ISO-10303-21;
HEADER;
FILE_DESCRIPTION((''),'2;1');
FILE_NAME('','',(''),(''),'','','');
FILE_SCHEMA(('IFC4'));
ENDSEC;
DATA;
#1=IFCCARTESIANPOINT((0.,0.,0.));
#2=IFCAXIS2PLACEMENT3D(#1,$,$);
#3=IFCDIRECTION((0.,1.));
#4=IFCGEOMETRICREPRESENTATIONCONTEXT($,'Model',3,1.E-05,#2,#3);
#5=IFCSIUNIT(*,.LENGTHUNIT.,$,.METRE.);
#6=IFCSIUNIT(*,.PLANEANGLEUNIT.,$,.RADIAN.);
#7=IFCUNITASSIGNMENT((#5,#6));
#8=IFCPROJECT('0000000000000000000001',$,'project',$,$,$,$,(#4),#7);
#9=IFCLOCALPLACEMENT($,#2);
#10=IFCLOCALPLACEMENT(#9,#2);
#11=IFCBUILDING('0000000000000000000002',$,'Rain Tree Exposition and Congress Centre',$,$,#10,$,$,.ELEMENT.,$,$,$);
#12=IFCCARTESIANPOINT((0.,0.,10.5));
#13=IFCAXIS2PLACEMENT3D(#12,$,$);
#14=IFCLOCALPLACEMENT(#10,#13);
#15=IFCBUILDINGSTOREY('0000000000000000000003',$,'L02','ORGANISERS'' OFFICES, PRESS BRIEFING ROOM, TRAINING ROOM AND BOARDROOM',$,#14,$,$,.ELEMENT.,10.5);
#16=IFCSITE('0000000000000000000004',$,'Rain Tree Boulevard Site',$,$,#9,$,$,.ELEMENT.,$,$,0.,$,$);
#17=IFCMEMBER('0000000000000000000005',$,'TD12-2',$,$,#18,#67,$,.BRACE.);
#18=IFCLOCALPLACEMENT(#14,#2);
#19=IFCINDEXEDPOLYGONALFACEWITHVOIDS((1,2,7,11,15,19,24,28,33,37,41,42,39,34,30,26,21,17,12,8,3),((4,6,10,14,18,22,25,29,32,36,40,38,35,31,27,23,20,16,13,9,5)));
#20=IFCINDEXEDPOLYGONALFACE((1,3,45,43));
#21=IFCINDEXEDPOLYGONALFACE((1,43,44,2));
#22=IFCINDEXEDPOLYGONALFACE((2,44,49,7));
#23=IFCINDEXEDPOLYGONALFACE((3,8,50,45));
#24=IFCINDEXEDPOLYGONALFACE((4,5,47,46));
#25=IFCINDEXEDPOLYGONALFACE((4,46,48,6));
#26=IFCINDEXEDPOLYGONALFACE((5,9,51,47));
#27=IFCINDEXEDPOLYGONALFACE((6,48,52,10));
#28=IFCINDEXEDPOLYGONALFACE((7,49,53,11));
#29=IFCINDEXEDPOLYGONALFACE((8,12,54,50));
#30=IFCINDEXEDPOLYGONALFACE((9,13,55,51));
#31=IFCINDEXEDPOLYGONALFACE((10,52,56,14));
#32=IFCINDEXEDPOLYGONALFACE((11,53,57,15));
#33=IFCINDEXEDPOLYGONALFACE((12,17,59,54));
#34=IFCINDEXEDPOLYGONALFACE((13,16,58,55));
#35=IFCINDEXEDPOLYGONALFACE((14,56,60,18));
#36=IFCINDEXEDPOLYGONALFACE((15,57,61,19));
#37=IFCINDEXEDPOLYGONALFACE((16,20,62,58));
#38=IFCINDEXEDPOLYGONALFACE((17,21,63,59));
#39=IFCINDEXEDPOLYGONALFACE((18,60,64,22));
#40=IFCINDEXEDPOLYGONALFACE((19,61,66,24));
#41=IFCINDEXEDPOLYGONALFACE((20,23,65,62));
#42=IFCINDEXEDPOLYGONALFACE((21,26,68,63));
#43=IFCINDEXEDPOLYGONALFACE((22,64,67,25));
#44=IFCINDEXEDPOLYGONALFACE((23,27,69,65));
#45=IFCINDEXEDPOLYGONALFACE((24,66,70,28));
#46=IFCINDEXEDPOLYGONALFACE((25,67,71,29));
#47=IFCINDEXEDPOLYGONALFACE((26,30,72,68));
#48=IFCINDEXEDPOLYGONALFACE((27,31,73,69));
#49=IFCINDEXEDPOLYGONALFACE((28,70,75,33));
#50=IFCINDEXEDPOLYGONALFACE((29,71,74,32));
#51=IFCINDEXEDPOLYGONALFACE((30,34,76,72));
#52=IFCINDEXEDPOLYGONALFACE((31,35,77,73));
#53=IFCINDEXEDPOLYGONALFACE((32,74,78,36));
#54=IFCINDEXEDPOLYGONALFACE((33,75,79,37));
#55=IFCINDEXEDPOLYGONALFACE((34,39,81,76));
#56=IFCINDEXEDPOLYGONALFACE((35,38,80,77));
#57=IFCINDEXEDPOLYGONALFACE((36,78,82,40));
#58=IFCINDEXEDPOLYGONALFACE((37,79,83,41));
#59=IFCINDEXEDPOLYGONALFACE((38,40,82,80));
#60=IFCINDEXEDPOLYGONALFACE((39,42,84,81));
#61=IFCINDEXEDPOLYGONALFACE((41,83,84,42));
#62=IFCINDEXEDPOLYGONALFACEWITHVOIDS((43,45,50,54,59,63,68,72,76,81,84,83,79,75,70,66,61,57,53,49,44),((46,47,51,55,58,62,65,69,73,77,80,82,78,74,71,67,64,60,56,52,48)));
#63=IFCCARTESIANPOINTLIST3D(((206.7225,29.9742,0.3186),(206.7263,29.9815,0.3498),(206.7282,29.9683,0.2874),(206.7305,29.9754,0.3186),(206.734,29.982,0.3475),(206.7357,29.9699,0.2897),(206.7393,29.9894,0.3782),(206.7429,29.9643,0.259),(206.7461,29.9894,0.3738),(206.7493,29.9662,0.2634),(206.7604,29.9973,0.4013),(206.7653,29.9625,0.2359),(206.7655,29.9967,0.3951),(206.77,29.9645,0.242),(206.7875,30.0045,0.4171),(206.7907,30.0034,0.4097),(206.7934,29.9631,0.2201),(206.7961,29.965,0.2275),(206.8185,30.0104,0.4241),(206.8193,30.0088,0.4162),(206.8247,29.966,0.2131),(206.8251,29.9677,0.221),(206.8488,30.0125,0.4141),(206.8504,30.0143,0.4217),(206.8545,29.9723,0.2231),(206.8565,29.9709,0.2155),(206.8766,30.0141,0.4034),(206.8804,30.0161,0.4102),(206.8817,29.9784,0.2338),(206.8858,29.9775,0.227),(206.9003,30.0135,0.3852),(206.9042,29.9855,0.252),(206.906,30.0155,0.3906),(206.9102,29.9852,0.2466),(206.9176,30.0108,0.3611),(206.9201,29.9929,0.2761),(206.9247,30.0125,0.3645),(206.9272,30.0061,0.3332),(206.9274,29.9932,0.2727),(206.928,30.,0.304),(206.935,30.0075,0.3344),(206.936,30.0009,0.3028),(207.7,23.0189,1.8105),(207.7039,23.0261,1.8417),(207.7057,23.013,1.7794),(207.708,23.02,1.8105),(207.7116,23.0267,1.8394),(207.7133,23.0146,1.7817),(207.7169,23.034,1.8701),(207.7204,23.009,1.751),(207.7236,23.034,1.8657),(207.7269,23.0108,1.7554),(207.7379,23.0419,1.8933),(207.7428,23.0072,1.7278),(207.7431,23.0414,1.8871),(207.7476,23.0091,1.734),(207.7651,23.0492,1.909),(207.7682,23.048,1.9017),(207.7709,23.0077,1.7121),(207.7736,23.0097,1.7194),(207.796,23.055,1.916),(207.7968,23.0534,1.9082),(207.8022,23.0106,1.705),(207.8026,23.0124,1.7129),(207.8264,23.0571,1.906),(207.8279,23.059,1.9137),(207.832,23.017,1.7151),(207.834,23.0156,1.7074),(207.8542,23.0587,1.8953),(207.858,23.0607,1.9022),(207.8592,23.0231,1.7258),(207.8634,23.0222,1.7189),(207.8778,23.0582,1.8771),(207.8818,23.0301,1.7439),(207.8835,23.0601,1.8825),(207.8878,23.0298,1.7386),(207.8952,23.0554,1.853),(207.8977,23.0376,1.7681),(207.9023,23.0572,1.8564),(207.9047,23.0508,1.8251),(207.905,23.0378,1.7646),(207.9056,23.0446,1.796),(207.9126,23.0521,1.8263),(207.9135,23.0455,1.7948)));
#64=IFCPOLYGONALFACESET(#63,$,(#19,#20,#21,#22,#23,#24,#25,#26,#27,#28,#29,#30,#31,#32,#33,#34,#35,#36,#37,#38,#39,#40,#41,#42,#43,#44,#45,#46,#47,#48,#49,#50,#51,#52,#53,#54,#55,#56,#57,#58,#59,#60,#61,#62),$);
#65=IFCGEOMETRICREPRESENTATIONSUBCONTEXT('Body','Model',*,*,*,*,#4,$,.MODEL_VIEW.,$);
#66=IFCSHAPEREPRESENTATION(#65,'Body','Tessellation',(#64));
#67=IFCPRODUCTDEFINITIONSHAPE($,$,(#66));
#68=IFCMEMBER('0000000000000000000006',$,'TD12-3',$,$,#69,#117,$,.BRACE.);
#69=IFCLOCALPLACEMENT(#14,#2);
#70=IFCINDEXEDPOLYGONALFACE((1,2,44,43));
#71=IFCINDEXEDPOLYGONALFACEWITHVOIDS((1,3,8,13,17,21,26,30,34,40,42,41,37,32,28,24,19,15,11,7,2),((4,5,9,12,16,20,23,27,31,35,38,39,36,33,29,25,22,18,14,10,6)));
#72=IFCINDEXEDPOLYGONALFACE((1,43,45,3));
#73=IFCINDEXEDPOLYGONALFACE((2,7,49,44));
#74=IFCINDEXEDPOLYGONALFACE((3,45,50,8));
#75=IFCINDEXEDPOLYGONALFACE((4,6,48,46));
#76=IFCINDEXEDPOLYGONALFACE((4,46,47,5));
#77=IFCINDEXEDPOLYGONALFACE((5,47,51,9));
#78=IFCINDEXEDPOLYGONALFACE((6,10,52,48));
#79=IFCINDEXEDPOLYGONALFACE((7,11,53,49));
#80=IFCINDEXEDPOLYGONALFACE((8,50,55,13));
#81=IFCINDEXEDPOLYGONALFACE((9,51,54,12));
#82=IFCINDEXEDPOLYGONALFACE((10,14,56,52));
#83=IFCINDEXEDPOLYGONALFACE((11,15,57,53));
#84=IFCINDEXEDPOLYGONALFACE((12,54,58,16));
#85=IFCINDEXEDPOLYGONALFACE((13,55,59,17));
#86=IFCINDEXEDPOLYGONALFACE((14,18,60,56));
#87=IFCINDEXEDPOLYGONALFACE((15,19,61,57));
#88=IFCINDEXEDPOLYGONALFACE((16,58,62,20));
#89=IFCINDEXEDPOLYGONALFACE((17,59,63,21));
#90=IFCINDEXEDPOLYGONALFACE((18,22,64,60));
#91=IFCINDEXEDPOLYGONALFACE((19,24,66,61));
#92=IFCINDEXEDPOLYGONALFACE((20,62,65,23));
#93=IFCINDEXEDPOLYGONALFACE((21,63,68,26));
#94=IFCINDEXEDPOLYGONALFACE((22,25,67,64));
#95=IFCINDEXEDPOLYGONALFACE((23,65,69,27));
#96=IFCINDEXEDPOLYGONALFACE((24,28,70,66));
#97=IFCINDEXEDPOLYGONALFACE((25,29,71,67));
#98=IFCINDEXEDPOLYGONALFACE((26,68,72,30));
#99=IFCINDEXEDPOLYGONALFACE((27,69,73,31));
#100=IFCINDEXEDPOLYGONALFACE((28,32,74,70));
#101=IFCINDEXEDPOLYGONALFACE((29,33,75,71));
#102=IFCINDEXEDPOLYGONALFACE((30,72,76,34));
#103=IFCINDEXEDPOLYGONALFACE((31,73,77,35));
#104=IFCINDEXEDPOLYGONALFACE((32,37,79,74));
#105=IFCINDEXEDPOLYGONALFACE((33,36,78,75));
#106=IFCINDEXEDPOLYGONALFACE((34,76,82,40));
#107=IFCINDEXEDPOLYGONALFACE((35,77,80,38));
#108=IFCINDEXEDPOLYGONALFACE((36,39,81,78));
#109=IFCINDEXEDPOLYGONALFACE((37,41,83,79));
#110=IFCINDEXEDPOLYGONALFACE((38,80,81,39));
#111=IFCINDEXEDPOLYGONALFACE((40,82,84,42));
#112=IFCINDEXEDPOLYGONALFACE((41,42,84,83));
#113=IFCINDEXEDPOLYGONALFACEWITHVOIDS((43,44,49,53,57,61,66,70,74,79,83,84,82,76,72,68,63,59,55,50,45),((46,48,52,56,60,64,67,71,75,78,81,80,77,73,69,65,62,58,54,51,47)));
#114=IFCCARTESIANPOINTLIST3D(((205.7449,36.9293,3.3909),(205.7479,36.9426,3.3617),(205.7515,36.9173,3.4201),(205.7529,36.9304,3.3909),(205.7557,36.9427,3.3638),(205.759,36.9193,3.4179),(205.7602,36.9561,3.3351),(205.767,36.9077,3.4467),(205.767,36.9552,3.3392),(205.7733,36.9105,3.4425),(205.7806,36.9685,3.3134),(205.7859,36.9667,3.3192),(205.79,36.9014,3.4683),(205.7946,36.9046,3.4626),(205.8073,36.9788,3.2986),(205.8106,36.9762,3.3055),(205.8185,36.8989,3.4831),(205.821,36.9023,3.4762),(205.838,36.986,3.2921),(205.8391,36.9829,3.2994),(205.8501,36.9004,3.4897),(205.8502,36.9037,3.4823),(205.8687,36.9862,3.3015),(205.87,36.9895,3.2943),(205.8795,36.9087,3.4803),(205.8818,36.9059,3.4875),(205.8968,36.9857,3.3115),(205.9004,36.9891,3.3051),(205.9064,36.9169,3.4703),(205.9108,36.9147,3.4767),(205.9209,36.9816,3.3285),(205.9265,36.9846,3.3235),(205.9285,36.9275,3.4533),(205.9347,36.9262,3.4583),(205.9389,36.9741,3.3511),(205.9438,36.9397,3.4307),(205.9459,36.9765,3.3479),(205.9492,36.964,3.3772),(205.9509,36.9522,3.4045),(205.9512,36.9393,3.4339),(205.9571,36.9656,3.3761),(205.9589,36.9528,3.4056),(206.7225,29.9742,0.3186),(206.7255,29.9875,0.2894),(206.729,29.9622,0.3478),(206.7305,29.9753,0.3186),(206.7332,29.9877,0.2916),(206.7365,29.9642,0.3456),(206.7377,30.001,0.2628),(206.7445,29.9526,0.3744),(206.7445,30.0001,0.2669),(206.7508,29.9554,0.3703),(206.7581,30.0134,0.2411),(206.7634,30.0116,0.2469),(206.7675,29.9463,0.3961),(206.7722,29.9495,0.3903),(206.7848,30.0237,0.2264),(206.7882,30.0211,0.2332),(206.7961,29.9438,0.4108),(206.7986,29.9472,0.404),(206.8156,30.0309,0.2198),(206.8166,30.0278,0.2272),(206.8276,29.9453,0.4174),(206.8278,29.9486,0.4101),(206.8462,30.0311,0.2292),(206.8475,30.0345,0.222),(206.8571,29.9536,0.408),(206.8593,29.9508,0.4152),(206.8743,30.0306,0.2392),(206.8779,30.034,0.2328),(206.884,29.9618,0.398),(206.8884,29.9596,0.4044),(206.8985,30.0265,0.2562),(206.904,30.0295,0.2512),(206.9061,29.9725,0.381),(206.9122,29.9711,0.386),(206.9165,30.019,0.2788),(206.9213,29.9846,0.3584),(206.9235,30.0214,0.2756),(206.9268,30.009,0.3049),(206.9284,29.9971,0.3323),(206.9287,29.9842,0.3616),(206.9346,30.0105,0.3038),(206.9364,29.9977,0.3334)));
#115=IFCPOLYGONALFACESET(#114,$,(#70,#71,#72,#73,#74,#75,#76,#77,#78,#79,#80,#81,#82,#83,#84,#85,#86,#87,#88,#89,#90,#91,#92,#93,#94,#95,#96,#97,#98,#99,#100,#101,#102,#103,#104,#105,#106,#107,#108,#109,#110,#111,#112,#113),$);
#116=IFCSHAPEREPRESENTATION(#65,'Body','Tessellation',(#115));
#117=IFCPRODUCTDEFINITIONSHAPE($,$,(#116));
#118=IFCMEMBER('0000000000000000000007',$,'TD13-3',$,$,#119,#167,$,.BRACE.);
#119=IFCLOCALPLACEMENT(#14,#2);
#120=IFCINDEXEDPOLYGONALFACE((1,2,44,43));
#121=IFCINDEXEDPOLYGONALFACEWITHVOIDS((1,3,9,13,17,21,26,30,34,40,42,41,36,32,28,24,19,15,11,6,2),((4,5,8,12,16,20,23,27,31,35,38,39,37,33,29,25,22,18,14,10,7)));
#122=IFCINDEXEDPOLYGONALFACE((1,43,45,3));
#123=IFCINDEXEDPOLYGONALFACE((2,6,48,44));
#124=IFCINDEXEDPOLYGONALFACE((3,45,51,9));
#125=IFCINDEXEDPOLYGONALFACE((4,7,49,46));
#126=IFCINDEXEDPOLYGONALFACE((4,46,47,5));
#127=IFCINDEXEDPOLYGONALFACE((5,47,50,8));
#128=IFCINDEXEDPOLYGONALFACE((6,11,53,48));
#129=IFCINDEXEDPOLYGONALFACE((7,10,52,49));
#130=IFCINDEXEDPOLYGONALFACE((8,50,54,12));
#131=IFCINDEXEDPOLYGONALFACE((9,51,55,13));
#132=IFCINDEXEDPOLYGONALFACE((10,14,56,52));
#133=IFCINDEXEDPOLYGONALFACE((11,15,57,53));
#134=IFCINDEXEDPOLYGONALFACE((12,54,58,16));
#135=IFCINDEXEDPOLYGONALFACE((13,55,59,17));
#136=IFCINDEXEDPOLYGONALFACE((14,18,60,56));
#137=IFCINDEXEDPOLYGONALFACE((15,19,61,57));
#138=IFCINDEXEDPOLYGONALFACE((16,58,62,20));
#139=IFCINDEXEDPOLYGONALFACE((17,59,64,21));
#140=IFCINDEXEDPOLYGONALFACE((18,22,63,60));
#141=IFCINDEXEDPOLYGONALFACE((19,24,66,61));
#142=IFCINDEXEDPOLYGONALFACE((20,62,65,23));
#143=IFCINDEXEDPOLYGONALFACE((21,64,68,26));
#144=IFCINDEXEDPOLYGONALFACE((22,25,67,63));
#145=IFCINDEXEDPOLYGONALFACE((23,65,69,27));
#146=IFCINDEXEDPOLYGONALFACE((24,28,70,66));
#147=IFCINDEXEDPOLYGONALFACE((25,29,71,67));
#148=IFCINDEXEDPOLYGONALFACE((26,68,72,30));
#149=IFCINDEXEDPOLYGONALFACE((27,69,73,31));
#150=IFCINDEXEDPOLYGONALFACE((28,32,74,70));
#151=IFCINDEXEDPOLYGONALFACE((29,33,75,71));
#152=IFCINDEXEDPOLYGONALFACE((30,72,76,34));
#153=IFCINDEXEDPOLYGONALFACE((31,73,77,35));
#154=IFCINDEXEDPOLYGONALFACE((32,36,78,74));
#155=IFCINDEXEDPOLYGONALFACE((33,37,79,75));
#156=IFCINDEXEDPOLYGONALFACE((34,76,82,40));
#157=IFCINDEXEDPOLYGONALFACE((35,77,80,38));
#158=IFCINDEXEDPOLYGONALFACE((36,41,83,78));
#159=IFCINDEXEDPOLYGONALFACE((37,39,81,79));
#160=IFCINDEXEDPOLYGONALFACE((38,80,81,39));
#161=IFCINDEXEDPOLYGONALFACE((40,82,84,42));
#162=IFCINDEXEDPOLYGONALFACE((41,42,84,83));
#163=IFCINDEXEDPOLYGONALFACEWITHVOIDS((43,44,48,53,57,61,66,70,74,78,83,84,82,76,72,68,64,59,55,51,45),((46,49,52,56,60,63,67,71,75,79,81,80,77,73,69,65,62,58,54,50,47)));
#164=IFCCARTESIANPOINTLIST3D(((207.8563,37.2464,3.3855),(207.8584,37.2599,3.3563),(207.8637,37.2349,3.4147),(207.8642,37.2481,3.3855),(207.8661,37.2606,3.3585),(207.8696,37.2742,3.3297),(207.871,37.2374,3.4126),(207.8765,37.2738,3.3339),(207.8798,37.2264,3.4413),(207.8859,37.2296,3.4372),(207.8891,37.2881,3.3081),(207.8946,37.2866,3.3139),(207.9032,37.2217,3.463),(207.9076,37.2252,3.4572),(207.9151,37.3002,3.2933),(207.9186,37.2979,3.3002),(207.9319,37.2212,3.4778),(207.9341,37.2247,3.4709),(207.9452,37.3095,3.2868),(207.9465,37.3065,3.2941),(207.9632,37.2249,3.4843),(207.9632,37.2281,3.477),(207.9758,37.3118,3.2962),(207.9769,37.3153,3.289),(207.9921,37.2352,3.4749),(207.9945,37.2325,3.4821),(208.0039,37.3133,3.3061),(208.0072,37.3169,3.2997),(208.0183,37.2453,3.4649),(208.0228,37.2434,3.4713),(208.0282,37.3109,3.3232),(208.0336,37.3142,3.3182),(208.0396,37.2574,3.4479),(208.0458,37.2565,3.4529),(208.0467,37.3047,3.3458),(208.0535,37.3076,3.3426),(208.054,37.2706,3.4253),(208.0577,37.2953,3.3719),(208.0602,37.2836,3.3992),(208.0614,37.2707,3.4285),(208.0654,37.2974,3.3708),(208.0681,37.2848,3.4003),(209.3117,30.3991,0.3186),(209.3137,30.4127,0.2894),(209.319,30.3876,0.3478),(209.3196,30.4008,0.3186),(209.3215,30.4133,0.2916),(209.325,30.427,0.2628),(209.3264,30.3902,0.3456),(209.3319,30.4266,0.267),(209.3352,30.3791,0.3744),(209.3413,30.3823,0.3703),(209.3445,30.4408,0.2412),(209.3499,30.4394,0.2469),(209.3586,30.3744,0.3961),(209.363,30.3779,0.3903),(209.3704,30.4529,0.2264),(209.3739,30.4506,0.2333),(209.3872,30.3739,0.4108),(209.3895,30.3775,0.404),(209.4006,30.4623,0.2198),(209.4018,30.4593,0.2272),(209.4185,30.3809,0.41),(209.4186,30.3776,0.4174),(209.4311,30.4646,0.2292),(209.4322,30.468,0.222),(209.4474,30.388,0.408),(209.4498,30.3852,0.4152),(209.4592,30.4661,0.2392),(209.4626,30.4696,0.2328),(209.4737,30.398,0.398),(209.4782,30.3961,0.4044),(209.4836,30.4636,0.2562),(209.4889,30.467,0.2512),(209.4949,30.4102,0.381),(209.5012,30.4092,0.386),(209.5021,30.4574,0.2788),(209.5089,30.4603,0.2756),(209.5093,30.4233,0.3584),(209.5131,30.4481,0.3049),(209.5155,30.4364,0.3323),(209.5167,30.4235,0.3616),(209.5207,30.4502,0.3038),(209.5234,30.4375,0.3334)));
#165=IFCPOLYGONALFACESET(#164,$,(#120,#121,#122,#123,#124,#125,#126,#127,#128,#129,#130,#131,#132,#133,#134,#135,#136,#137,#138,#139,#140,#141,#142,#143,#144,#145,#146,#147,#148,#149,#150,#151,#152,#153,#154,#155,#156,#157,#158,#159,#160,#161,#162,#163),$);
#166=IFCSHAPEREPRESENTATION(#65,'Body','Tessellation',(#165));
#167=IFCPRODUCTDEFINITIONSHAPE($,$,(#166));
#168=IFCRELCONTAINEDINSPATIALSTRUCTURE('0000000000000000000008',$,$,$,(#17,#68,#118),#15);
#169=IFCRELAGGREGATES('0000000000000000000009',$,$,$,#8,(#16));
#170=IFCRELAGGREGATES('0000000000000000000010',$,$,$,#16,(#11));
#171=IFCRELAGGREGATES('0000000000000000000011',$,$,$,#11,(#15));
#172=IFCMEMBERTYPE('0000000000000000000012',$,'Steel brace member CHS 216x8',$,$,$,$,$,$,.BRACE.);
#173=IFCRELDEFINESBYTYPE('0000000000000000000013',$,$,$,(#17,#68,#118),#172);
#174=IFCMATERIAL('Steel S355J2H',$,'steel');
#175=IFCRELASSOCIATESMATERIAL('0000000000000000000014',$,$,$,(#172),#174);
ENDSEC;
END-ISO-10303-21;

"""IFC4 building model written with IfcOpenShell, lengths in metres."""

from ifc_helpers import new_model, si_unit, direction, frame, origin, origin_2d, place, context, subcontext, project, spatial, hollow_circle, extrude, material, material_profile, profile_set, type_object, element, save


model = new_model("IFC4")

# Units and contexts
model_context = context("Model", 3, precision=1e-05, world=origin(), true_north=direction((0.0, 1.0)))
body_context = subcontext(model_context, "Body", "Model", "MODEL_VIEW")
ifc_project = project(units=[si_unit("LENGTHUNIT", "METRE"), si_unit("PLANEANGLEUNIT", "RADIAN")], contexts=[model_context])

# Site, building, storey
site_placement = place(None, origin())
site = spatial("IfcSite", under=ifc_project, at=site_placement, Name="Rain Tree Boulevard Site", CompositionType="ELEMENT", RefElevation=0.0)
building_placement = place(site_placement, origin())
building = spatial("IfcBuilding", under=site, at=building_placement, Name="Rain Tree Exposition and Congress Centre", CompositionType="ELEMENT")
storey_placement = place(building_placement, frame((0.0, 0.0, 10.5)))
storey = spatial("IfcBuildingStorey", under=building, at=storey_placement, Name="L02", Description="ORGANISERS' OFFICES, PRESS BRIEFING ROOM, TRAINING ROOM AND BOARDROOM", CompositionType="ELEMENT", Elevation=10.5)

# Members
ifc_material_1 = material(Name="Steel S355J2H", Category="steel")
ifc_material_profile_1 = material_profile(ifc_material_1, hollow_circle(Radius=0.1082, WallThickness=0.0081, at=origin_2d()), Name="CHS 216x8")
ifc_profile_set_1 = profile_set([ifc_material_profile_1], Name="Steel S355J2H")
member_type_1 = type_object("IfcMemberType", Name="Steel brace member CHS 216x8", PredefinedType="BRACE", material=ifc_profile_set_1)
member_1_placement = place(storey_placement, frame((207.8071, 23.0339, 1.8105), z_axis=(-0.13614, 0.968655, -0.20778), x_axis=(-0.990267, -0.139178, 0.0)))
element("IfcMember", 1, at=member_1_placement, inside=storey, type_object=member_type_1, Name="TD12-2", PredefinedType="BRACE", context=body_context, shape_type="SweptSolid", body=[
    extrude(hollow_circle(Radius=0.1082, WallThickness=0.0081, at=origin_2d()), origin(), (0.0, 0.0, 1.0), 7.1804),
])
member_2_placement = place(storey_placement, frame((206.8296, 29.9893, 0.3186), z_axis=(-0.127516, 0.907263, 0.400765), x_axis=(-0.990267, -0.139182, 0.0)))
element("IfcMember", 2, at=member_2_placement, inside=storey, type_object=member_type_1, Name="TD12-3", PredefinedType="BRACE", context=body_context, shape_type="SweptSolid", body=[
    extrude(hollow_circle(Radius=0.1082, WallThickness=0.0081, at=origin_2d()), origin(), (0.0, 0.0, 1.0), 7.666),
])
member_3_placement = place(storey_placement, frame((209.4175, 30.4216, 0.3186), z_axis=(-0.190425, 0.895935, 0.401296), x_axis=(-0.97815, -0.2079, 0.0)))
element("IfcMember", 3, at=member_3_placement, inside=storey, type_object=member_type_1, Name="TD13-3", PredefinedType="BRACE", context=body_context, shape_type="SweptSolid", body=[
    extrude(hollow_circle(Radius=0.1082, WallThickness=0.0081, at=origin_2d()), origin(), (0.0, 0.0, 1.0), 7.6426),
])

save(model, "model.ifc")
